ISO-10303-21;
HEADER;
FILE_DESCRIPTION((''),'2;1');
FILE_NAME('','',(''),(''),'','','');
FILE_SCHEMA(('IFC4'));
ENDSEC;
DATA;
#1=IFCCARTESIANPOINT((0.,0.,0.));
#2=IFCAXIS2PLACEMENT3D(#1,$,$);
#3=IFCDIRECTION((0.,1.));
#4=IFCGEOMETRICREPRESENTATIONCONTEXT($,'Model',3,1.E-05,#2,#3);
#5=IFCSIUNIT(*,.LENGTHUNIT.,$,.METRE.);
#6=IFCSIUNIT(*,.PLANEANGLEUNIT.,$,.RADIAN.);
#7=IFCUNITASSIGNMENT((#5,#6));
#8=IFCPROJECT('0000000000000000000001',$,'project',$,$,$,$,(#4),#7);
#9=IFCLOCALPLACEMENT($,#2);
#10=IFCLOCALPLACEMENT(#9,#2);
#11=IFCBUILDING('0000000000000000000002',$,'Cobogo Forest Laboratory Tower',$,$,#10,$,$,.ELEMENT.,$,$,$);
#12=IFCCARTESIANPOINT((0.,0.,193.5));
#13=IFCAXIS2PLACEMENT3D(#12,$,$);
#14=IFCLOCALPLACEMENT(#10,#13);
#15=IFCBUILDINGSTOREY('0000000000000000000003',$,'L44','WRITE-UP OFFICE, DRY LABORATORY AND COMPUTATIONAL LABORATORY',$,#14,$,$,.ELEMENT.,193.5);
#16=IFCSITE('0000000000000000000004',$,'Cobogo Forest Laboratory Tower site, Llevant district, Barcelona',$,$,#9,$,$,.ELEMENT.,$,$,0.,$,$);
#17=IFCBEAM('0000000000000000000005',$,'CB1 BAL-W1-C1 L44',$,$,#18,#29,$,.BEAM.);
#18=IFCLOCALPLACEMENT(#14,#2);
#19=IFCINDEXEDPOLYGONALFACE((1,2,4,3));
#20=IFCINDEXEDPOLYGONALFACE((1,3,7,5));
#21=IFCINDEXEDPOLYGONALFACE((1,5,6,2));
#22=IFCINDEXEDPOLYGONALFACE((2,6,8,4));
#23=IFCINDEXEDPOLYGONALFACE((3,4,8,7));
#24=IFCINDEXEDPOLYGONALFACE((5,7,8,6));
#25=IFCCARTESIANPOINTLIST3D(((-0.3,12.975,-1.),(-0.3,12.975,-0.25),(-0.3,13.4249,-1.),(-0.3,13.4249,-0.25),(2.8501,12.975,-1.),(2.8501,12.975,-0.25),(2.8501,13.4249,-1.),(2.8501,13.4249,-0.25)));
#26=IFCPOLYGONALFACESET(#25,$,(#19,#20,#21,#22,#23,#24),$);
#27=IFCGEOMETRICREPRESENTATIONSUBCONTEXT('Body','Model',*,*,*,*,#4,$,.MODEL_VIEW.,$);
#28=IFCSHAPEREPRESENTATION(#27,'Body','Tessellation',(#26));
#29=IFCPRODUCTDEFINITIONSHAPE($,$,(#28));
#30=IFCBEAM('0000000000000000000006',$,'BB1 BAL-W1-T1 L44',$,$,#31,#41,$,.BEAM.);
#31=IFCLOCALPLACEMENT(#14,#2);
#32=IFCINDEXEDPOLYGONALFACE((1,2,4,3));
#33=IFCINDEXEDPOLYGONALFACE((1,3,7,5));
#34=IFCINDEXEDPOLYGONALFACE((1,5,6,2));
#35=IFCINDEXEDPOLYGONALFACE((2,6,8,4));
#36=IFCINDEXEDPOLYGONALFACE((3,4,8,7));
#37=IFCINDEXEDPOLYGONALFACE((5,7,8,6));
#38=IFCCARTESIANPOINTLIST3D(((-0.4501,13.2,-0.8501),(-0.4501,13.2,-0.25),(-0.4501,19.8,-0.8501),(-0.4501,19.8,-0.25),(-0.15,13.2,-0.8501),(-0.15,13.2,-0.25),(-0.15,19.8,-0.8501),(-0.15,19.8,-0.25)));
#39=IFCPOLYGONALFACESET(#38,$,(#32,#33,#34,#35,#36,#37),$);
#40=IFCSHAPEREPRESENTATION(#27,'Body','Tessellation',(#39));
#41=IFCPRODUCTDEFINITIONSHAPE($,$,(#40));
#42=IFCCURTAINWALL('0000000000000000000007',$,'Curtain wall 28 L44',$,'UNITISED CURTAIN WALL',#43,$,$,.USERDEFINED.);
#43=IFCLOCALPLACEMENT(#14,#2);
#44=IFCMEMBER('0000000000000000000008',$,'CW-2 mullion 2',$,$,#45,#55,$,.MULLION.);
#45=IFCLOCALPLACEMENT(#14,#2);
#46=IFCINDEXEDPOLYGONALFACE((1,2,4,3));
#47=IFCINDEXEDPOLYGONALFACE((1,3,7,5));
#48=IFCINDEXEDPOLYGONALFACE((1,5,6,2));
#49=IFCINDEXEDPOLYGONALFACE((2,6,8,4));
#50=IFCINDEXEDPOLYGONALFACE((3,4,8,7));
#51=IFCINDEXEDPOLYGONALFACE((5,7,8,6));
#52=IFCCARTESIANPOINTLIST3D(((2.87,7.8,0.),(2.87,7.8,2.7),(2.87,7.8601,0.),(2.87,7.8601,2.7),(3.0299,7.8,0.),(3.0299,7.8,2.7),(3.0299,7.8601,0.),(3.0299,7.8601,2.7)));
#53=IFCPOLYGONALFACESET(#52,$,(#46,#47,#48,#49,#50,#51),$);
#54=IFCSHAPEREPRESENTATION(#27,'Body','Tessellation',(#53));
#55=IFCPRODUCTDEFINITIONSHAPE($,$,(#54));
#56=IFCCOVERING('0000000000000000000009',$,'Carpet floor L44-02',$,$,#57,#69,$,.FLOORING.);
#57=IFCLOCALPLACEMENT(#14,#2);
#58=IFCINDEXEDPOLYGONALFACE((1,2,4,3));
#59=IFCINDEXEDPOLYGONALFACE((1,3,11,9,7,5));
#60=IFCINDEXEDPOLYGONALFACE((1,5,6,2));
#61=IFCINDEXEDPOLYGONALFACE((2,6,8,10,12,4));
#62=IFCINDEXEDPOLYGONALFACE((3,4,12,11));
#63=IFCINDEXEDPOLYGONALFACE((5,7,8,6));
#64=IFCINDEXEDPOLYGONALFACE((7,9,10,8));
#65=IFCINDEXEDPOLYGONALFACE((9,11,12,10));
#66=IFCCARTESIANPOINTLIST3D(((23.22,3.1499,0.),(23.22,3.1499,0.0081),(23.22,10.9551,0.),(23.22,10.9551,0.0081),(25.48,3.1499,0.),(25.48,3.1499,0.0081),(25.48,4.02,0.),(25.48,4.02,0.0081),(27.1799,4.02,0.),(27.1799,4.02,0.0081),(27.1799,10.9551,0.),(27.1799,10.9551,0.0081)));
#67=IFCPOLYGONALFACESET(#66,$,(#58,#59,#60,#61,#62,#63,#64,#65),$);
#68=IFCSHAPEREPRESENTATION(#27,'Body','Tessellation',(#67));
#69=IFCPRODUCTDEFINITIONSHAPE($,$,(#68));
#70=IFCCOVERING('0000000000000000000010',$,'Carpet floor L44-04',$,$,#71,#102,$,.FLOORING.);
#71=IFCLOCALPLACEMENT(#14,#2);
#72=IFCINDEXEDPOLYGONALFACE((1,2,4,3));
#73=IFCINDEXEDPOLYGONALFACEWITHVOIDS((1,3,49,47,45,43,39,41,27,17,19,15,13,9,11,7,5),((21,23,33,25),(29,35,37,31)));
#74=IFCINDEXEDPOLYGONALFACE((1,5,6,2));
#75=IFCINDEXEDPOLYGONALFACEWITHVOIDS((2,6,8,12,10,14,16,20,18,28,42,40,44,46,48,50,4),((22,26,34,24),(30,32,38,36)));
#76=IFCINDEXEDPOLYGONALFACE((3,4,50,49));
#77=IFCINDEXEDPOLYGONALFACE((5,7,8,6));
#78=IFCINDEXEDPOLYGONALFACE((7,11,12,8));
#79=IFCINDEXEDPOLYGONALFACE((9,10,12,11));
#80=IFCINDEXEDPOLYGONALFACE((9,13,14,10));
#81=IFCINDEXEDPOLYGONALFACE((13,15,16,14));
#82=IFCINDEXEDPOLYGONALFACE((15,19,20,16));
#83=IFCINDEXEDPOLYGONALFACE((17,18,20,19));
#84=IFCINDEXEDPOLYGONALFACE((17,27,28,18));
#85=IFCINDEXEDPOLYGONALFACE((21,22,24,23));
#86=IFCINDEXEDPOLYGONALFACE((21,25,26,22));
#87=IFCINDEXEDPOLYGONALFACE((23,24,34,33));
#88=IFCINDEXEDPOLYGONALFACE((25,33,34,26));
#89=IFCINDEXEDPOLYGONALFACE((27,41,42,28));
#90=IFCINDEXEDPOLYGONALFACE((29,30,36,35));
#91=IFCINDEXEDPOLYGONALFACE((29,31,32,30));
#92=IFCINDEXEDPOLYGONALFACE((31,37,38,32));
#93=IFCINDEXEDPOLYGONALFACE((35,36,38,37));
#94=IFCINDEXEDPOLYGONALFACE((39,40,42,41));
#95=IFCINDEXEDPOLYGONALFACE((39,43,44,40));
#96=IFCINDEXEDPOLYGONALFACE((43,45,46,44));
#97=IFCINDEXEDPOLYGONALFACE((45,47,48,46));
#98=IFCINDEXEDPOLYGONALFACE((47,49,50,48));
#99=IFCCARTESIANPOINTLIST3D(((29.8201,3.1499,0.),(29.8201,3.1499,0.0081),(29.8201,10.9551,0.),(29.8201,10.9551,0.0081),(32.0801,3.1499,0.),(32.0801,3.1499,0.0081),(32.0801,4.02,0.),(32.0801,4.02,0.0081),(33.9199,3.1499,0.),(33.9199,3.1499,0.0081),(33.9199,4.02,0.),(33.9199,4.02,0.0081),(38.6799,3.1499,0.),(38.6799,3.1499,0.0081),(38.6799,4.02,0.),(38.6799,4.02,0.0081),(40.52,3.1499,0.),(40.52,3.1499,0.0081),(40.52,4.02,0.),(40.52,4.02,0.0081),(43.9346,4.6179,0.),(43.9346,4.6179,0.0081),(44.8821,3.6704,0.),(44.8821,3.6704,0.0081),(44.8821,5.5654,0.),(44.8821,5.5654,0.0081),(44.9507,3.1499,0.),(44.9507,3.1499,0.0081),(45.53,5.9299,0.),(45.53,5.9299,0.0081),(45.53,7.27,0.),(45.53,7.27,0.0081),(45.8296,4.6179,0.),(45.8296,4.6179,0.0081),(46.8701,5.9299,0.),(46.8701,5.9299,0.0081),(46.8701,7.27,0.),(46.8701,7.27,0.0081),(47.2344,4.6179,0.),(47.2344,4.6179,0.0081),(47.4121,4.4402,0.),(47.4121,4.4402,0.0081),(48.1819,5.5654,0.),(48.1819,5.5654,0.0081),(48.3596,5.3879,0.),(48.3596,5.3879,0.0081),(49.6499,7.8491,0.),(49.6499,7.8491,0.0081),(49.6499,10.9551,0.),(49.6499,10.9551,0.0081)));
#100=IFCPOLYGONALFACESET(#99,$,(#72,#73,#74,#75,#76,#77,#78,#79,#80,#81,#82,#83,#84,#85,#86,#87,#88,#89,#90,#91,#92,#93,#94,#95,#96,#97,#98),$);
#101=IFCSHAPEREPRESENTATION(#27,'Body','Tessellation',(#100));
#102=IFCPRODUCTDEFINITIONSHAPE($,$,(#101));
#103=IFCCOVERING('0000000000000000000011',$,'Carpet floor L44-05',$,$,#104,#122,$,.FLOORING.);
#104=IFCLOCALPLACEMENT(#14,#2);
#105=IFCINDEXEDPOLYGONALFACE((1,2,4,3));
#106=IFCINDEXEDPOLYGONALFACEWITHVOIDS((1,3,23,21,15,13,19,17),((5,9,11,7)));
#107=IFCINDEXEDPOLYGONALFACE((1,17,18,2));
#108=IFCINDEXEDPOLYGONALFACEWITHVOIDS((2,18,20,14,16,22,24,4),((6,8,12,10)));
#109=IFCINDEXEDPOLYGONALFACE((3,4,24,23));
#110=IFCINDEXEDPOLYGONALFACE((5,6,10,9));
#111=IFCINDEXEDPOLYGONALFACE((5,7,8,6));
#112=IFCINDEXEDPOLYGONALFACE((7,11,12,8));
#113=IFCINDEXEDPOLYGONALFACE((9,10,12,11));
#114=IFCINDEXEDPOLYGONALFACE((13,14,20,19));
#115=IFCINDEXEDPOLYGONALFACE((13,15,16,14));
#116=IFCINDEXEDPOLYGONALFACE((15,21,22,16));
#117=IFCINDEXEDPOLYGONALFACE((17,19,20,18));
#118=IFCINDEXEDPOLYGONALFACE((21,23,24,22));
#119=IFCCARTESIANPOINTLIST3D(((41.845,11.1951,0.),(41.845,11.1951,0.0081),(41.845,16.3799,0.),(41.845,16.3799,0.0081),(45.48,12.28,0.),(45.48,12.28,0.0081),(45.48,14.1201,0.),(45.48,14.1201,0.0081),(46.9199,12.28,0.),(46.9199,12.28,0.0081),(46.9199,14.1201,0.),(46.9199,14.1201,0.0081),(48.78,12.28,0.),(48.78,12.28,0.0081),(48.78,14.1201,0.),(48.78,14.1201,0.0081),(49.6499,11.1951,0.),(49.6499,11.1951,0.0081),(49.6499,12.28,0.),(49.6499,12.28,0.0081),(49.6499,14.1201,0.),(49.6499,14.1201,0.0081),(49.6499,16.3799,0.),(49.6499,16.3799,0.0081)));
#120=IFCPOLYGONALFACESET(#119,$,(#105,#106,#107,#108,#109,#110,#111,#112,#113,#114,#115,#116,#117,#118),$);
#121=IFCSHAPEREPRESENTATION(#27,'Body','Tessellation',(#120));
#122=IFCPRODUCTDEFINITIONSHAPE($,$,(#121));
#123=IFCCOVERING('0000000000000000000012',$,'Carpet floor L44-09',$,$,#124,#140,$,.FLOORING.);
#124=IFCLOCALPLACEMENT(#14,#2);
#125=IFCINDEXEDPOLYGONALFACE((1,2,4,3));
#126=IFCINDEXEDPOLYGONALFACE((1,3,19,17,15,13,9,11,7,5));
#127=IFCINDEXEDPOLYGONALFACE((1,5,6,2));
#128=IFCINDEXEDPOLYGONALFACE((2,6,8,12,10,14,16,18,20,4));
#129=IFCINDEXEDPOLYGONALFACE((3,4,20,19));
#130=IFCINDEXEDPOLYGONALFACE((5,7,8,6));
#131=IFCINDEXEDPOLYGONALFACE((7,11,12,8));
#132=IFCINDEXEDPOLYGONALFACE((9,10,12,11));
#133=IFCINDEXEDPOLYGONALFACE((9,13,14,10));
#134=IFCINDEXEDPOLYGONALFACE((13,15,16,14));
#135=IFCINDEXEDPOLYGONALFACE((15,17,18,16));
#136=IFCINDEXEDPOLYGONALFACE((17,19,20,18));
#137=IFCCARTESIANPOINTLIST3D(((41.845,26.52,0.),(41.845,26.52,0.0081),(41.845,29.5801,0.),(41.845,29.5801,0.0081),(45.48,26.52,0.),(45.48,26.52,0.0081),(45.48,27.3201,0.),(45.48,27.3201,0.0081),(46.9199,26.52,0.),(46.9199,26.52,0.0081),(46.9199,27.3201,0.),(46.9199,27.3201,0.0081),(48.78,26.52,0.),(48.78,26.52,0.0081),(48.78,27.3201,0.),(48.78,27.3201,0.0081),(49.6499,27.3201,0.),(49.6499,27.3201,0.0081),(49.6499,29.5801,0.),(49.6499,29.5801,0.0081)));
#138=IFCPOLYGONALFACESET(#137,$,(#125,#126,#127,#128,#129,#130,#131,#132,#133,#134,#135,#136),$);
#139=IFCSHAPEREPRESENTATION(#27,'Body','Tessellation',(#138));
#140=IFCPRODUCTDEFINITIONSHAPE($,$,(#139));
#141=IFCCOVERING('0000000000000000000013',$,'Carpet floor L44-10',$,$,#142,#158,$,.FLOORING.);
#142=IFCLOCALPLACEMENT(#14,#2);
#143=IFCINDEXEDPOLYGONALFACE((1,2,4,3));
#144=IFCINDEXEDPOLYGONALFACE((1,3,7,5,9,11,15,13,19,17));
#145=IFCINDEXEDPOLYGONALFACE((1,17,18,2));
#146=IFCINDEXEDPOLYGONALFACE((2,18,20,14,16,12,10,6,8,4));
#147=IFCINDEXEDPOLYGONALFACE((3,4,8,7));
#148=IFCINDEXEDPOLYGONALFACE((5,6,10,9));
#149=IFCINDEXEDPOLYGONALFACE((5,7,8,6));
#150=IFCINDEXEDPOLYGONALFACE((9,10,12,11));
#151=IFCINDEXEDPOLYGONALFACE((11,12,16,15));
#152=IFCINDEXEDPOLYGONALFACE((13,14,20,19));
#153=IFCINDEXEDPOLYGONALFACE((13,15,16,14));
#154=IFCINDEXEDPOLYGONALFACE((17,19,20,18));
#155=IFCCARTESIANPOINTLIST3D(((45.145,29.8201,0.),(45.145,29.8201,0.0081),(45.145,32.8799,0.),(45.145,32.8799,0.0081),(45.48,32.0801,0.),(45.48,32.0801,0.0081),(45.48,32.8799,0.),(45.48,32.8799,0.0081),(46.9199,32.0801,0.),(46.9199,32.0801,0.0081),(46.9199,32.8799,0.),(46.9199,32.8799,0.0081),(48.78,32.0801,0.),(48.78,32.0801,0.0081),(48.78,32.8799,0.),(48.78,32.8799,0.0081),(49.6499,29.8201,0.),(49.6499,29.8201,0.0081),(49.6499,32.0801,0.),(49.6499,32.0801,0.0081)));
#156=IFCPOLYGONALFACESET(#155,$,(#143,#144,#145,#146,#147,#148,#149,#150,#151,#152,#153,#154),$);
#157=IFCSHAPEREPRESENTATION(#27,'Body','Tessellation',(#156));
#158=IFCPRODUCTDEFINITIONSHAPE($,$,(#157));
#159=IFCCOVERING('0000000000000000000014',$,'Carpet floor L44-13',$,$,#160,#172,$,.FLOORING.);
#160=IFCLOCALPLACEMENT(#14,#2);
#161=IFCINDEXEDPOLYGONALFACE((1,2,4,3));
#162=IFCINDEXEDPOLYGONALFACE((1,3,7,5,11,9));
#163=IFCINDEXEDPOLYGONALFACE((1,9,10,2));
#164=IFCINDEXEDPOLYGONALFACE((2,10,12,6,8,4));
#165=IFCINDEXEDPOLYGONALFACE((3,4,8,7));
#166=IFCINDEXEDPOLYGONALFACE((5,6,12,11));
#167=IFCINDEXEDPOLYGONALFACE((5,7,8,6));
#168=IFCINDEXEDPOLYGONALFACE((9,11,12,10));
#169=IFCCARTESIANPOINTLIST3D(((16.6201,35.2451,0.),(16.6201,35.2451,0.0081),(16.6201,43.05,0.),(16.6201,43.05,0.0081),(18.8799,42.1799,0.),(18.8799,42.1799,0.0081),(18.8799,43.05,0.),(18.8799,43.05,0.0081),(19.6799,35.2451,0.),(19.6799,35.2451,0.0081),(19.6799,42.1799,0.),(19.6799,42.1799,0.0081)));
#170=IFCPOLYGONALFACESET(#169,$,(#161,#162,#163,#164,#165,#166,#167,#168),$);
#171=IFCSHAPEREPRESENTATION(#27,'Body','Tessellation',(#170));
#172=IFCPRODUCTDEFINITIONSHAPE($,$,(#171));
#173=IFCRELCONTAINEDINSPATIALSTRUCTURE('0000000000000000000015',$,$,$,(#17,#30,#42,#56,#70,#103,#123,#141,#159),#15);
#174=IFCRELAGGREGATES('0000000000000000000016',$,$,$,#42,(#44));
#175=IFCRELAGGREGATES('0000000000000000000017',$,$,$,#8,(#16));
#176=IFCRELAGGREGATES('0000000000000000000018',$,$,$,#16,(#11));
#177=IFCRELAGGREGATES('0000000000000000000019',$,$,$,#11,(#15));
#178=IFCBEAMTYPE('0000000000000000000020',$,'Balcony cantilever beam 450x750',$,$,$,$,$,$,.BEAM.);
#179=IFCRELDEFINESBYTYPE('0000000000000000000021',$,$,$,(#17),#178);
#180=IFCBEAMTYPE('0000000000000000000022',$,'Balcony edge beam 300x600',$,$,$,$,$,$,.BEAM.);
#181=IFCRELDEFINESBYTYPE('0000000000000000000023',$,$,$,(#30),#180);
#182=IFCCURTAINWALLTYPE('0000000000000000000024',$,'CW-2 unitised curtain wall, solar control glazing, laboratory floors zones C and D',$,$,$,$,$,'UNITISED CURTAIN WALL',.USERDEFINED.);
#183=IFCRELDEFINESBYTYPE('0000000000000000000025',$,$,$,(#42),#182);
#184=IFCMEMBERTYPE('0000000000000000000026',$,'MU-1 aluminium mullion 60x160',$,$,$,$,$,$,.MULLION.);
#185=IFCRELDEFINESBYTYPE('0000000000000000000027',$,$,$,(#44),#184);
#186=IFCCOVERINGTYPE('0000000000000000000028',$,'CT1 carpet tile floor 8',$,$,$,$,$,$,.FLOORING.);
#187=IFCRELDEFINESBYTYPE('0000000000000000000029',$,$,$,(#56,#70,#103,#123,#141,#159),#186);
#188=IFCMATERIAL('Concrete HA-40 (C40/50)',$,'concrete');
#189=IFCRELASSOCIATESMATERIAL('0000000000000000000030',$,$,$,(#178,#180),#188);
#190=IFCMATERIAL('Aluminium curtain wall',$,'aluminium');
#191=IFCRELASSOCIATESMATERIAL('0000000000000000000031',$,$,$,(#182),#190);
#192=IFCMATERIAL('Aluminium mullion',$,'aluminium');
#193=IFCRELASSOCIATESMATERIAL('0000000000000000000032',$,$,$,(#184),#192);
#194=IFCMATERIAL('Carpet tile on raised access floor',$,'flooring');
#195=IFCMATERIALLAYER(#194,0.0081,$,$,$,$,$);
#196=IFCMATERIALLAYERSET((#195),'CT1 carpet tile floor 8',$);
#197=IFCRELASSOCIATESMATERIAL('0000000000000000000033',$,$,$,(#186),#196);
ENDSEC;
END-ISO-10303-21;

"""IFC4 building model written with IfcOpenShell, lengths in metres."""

from ifc_helpers import new_model, si_unit, direction, frame, origin, origin_2d, place, context, subcontext, project, spatial, polyline, rectangle, outline, extrude, material, layer, layer_set, material_profile, profile_set, type_object, element, aggregate, save


model = new_model("IFC4")

# Units and contexts
model_context = context("Model", 3, precision=1e-05, world=origin(), true_north=direction((0.0, 1.0)))
body_context = subcontext(model_context, "Body", "Model", "MODEL_VIEW")
ifc_project = project(units=[si_unit("LENGTHUNIT", "METRE"), si_unit("PLANEANGLEUNIT", "RADIAN")], contexts=[model_context])

# Site, building, storey
site_placement = place(None, origin())
site = spatial("IfcSite", under=ifc_project, at=site_placement, Name="Cobogo Forest Laboratory Tower site, Llevant district, Barcelona", CompositionType="ELEMENT", RefElevation=0.0)
building_placement = place(site_placement, origin())
building = spatial("IfcBuilding", under=site, at=building_placement, Name="Cobogo Forest Laboratory Tower", CompositionType="ELEMENT")
storey_placement = place(building_placement, frame((0.0, 0.0, 193.5)))
storey = spatial("IfcBuildingStorey", under=building, at=storey_placement, Name="L44", Description="WRITE-UP OFFICE, DRY LABORATORY AND COMPUTATIONAL LABORATORY", CompositionType="ELEMENT", Elevation=193.5)

# Beams
ifc_material_1 = material(Name="Concrete HA-40 (C40/50)", Category="concrete")
ifc_material_profile_1 = material_profile(ifc_material_1, rectangle(XDim=0.45, YDim=0.75, at=origin_2d()), Name="RC 450x750")
ifc_profile_set_1 = profile_set([ifc_material_profile_1], Name="Concrete HA-40 (C40/50)")
beam_type_1 = type_object("IfcBeamType", Name="Balcony cantilever beam 450x750", PredefinedType="BEAM", material=ifc_profile_set_1)
beam_1_placement = place(storey_placement, frame((2.8501, 13.2, -0.625), z_axis=(-1.0, 0.0, 0.0), x_axis=(0.0, -1.0, 0.0)))
element("IfcBeam", 1, at=beam_1_placement, inside=storey, type_object=beam_type_1, Name="CB1 BAL-W1-C1 L44", PredefinedType="BEAM", context=body_context, shape_type="SweptSolid", body=[
    extrude(rectangle(XDim=0.45, YDim=0.75, at=origin_2d()), origin(), (0.0, 0.0, 1.0), 3.1501),
])
ifc_material_profile_2 = material_profile(ifc_material_1, rectangle(XDim=0.3, YDim=0.6001, at=origin_2d()), Name="RC 300x600")
ifc_profile_set_2 = profile_set([ifc_material_profile_2], Name="Concrete HA-40 (C40/50)")
beam_type_2 = type_object("IfcBeamType", Name="Balcony edge beam 300x600", PredefinedType="BEAM", material=ifc_profile_set_2)
beam_2_placement = place(storey_placement, frame((-0.3, 13.2, -0.55), z_axis=(0.0, 1.0, 0.0), x_axis=(-1.0, 0.0, 0.0)))
element("IfcBeam", 2, at=beam_2_placement, inside=storey, type_object=beam_type_2, Name="BB1 BAL-W1-T1 L44", PredefinedType="BEAM", context=body_context, shape_type="SweptSolid", body=[
    extrude(rectangle(XDim=0.3, YDim=0.6001, at=origin_2d()), origin(), (0.0, 0.0, 1.0), 6.6001),
])

# Curtain wall, member
ifc_material_2 = material(Name="Aluminium curtain wall", Category="aluminium")
curtain_wall_type = type_object("IfcCurtainWallType", Name="CW-2 unitised curtain wall, solar control glazing, laboratory floors zones C and D", ElementType="UNITISED CURTAIN WALL", PredefinedType="USERDEFINED", material=ifc_material_2)
curtain_wall_placement = place(storey_placement, origin())
curtain_wall = element("IfcCurtainWall", 3, at=curtain_wall_placement, inside=storey, type_object=curtain_wall_type, Name="Curtain wall 28 L44", ObjectType="UNITISED CURTAIN WALL", PredefinedType="USERDEFINED")
ifc_material_3 = material(Name="Aluminium mullion", Category="aluminium")
ifc_material_profile_3 = material_profile(ifc_material_3, rectangle(XDim=0.0601, YDim=0.1599, at=origin_2d()), Name="AL 60x160")
ifc_profile_set_3 = profile_set([ifc_material_profile_3], Name="Aluminium mullion")
member_type = type_object("IfcMemberType", Name="MU-1 aluminium mullion 60x160", PredefinedType="MULLION", material=ifc_profile_set_3)
member_placement = place(storey_placement, frame((2.95, 7.8301, 0.0), z_axis=(0.0, 0.0, 1.0), x_axis=(0.0, -1.0, 0.0)))
member = element("IfcMember", 4, at=member_placement, type_object=member_type, Name="CW-2 mullion 2", PredefinedType="MULLION", context=body_context, shape_type="SweptSolid", body=[
    extrude(rectangle(XDim=0.0601, YDim=0.1599, at=origin_2d()), origin(), (0.0, 0.0, 1.0), 2.7),
])
aggregate(curtain_wall, [member])

# Coverings
ifc_material_4 = material(Name="Carpet tile on raised access floor", Category="flooring")
ifc_layer_1 = layer(ifc_material_4, 0.0081)
ifc_layer_set_1 = layer_set([ifc_layer_1], Name="CT1 carpet tile floor 8")
covering_type_1 = type_object("IfcCoveringType", Name="CT1 carpet tile floor 8", PredefinedType="FLOORING", material=ifc_layer_set_1)
covering_1_placement = place(storey_placement, origin())
element("IfcCovering", 5, at=covering_1_placement, inside=storey, type_object=covering_type_1, Name="Carpet floor L44-02", PredefinedType="FLOORING", context=body_context, shape_type="SweptSolid", body=[
    extrude(outline(polyline([(27.1799, 4.02), (25.48, 4.02), (25.48, 3.1499), (23.22, 3.1499), (23.22, 10.9551), (27.1799, 10.9551), (27.1799, 4.02)])), origin(), (0.0, 0.0, 1.0), 0.0081),
])
covering_2_placement = place(storey_placement, origin())
element("IfcCovering", 6, at=covering_2_placement, inside=storey, type_object=covering_type_1, Name="Carpet floor L44-04", PredefinedType="FLOORING", context=body_context, shape_type="SweptSolid", body=[
    extrude(outline(polyline([(49.6499, 10.9551), (49.6499, 7.8491), (48.3596, 5.3879), (48.1819, 5.5654), (47.2344, 4.6179), (47.4121, 4.4402), (44.9507, 3.1499), (40.52, 3.1499), (40.52, 4.02), (38.6799, 4.02), (38.6799, 3.1499), (33.9199, 3.1499), (33.9199, 4.02), (32.0801, 4.02), (32.0801, 3.1499), (29.8201, 3.1499), (29.8201, 10.9551), (49.6499, 10.9551)]), holes=[polyline([(45.53, 5.9299), (46.8701, 5.9299), (46.8701, 7.27), (45.53, 7.27), (45.53, 5.9299)]), polyline([(44.8821, 3.6704), (45.8296, 4.6179), (44.8821, 5.5654), (43.9346, 4.6179), (44.8821, 3.6704)])]), origin(), (0.0, 0.0, 1.0), 0.0081),
])
covering_3_placement = place(storey_placement, origin())
element("IfcCovering", 7, at=covering_3_placement, inside=storey, type_object=covering_type_1, Name="Carpet floor L44-05", PredefinedType="FLOORING", context=body_context, shape_type="SweptSolid", body=[
    extrude(outline(polyline([(41.845, 16.3799), (49.6499, 16.3799), (49.6499, 14.1201), (48.78, 14.1201), (48.78, 12.28), (49.6499, 12.28), (49.6499, 11.1951), (41.845, 11.1951), (41.845, 16.3799)]), holes=[polyline([(46.9199, 12.28), (46.9199, 14.1201), (45.48, 14.1201), (45.48, 12.28), (46.9199, 12.28)])]), origin(), (0.0, 0.0, 1.0), 0.0081),
])
covering_4_placement = place(storey_placement, origin())
element("IfcCovering", 8, at=covering_4_placement, inside=storey, type_object=covering_type_1, Name="Carpet floor L44-09", PredefinedType="FLOORING", context=body_context, shape_type="SweptSolid", body=[
    extrude(outline(polyline([(41.845, 29.5801), (49.6499, 29.5801), (49.6499, 27.3201), (48.78, 27.3201), (48.78, 26.52), (46.9199, 26.52), (46.9199, 27.3201), (45.48, 27.3201), (45.48, 26.52), (41.845, 26.52), (41.845, 29.5801)])), origin(), (0.0, 0.0, 1.0), 0.0081),
])
covering_5_placement = place(storey_placement, origin())
element("IfcCovering", 9, at=covering_5_placement, inside=storey, type_object=covering_type_1, Name="Carpet floor L44-10", PredefinedType="FLOORING", context=body_context, shape_type="SweptSolid", body=[
    extrude(outline(polyline([(45.145, 32.8799), (45.48, 32.8799), (45.48, 32.0801), (46.9199, 32.0801), (46.9199, 32.8799), (48.78, 32.8799), (48.78, 32.0801), (49.6499, 32.0801), (49.6499, 29.8201), (45.145, 29.8201), (45.145, 32.8799)])), origin(), (0.0, 0.0, 1.0), 0.0081),
])
covering_6_placement = place(storey_placement, origin())
element("IfcCovering", 10, at=covering_6_placement, inside=storey, type_object=covering_type_1, Name="Carpet floor L44-13", PredefinedType="FLOORING", context=body_context, shape_type="SweptSolid", body=[
    extrude(outline(polyline([(16.6201, 35.2451), (16.6201, 43.05), (18.8799, 43.05), (18.8799, 42.1799), (19.6799, 42.1799), (19.6799, 35.2451), (16.6201, 35.2451)])), origin(), (0.0, 0.0, 1.0), 0.0081),
])

save(model, "model.ifc")
